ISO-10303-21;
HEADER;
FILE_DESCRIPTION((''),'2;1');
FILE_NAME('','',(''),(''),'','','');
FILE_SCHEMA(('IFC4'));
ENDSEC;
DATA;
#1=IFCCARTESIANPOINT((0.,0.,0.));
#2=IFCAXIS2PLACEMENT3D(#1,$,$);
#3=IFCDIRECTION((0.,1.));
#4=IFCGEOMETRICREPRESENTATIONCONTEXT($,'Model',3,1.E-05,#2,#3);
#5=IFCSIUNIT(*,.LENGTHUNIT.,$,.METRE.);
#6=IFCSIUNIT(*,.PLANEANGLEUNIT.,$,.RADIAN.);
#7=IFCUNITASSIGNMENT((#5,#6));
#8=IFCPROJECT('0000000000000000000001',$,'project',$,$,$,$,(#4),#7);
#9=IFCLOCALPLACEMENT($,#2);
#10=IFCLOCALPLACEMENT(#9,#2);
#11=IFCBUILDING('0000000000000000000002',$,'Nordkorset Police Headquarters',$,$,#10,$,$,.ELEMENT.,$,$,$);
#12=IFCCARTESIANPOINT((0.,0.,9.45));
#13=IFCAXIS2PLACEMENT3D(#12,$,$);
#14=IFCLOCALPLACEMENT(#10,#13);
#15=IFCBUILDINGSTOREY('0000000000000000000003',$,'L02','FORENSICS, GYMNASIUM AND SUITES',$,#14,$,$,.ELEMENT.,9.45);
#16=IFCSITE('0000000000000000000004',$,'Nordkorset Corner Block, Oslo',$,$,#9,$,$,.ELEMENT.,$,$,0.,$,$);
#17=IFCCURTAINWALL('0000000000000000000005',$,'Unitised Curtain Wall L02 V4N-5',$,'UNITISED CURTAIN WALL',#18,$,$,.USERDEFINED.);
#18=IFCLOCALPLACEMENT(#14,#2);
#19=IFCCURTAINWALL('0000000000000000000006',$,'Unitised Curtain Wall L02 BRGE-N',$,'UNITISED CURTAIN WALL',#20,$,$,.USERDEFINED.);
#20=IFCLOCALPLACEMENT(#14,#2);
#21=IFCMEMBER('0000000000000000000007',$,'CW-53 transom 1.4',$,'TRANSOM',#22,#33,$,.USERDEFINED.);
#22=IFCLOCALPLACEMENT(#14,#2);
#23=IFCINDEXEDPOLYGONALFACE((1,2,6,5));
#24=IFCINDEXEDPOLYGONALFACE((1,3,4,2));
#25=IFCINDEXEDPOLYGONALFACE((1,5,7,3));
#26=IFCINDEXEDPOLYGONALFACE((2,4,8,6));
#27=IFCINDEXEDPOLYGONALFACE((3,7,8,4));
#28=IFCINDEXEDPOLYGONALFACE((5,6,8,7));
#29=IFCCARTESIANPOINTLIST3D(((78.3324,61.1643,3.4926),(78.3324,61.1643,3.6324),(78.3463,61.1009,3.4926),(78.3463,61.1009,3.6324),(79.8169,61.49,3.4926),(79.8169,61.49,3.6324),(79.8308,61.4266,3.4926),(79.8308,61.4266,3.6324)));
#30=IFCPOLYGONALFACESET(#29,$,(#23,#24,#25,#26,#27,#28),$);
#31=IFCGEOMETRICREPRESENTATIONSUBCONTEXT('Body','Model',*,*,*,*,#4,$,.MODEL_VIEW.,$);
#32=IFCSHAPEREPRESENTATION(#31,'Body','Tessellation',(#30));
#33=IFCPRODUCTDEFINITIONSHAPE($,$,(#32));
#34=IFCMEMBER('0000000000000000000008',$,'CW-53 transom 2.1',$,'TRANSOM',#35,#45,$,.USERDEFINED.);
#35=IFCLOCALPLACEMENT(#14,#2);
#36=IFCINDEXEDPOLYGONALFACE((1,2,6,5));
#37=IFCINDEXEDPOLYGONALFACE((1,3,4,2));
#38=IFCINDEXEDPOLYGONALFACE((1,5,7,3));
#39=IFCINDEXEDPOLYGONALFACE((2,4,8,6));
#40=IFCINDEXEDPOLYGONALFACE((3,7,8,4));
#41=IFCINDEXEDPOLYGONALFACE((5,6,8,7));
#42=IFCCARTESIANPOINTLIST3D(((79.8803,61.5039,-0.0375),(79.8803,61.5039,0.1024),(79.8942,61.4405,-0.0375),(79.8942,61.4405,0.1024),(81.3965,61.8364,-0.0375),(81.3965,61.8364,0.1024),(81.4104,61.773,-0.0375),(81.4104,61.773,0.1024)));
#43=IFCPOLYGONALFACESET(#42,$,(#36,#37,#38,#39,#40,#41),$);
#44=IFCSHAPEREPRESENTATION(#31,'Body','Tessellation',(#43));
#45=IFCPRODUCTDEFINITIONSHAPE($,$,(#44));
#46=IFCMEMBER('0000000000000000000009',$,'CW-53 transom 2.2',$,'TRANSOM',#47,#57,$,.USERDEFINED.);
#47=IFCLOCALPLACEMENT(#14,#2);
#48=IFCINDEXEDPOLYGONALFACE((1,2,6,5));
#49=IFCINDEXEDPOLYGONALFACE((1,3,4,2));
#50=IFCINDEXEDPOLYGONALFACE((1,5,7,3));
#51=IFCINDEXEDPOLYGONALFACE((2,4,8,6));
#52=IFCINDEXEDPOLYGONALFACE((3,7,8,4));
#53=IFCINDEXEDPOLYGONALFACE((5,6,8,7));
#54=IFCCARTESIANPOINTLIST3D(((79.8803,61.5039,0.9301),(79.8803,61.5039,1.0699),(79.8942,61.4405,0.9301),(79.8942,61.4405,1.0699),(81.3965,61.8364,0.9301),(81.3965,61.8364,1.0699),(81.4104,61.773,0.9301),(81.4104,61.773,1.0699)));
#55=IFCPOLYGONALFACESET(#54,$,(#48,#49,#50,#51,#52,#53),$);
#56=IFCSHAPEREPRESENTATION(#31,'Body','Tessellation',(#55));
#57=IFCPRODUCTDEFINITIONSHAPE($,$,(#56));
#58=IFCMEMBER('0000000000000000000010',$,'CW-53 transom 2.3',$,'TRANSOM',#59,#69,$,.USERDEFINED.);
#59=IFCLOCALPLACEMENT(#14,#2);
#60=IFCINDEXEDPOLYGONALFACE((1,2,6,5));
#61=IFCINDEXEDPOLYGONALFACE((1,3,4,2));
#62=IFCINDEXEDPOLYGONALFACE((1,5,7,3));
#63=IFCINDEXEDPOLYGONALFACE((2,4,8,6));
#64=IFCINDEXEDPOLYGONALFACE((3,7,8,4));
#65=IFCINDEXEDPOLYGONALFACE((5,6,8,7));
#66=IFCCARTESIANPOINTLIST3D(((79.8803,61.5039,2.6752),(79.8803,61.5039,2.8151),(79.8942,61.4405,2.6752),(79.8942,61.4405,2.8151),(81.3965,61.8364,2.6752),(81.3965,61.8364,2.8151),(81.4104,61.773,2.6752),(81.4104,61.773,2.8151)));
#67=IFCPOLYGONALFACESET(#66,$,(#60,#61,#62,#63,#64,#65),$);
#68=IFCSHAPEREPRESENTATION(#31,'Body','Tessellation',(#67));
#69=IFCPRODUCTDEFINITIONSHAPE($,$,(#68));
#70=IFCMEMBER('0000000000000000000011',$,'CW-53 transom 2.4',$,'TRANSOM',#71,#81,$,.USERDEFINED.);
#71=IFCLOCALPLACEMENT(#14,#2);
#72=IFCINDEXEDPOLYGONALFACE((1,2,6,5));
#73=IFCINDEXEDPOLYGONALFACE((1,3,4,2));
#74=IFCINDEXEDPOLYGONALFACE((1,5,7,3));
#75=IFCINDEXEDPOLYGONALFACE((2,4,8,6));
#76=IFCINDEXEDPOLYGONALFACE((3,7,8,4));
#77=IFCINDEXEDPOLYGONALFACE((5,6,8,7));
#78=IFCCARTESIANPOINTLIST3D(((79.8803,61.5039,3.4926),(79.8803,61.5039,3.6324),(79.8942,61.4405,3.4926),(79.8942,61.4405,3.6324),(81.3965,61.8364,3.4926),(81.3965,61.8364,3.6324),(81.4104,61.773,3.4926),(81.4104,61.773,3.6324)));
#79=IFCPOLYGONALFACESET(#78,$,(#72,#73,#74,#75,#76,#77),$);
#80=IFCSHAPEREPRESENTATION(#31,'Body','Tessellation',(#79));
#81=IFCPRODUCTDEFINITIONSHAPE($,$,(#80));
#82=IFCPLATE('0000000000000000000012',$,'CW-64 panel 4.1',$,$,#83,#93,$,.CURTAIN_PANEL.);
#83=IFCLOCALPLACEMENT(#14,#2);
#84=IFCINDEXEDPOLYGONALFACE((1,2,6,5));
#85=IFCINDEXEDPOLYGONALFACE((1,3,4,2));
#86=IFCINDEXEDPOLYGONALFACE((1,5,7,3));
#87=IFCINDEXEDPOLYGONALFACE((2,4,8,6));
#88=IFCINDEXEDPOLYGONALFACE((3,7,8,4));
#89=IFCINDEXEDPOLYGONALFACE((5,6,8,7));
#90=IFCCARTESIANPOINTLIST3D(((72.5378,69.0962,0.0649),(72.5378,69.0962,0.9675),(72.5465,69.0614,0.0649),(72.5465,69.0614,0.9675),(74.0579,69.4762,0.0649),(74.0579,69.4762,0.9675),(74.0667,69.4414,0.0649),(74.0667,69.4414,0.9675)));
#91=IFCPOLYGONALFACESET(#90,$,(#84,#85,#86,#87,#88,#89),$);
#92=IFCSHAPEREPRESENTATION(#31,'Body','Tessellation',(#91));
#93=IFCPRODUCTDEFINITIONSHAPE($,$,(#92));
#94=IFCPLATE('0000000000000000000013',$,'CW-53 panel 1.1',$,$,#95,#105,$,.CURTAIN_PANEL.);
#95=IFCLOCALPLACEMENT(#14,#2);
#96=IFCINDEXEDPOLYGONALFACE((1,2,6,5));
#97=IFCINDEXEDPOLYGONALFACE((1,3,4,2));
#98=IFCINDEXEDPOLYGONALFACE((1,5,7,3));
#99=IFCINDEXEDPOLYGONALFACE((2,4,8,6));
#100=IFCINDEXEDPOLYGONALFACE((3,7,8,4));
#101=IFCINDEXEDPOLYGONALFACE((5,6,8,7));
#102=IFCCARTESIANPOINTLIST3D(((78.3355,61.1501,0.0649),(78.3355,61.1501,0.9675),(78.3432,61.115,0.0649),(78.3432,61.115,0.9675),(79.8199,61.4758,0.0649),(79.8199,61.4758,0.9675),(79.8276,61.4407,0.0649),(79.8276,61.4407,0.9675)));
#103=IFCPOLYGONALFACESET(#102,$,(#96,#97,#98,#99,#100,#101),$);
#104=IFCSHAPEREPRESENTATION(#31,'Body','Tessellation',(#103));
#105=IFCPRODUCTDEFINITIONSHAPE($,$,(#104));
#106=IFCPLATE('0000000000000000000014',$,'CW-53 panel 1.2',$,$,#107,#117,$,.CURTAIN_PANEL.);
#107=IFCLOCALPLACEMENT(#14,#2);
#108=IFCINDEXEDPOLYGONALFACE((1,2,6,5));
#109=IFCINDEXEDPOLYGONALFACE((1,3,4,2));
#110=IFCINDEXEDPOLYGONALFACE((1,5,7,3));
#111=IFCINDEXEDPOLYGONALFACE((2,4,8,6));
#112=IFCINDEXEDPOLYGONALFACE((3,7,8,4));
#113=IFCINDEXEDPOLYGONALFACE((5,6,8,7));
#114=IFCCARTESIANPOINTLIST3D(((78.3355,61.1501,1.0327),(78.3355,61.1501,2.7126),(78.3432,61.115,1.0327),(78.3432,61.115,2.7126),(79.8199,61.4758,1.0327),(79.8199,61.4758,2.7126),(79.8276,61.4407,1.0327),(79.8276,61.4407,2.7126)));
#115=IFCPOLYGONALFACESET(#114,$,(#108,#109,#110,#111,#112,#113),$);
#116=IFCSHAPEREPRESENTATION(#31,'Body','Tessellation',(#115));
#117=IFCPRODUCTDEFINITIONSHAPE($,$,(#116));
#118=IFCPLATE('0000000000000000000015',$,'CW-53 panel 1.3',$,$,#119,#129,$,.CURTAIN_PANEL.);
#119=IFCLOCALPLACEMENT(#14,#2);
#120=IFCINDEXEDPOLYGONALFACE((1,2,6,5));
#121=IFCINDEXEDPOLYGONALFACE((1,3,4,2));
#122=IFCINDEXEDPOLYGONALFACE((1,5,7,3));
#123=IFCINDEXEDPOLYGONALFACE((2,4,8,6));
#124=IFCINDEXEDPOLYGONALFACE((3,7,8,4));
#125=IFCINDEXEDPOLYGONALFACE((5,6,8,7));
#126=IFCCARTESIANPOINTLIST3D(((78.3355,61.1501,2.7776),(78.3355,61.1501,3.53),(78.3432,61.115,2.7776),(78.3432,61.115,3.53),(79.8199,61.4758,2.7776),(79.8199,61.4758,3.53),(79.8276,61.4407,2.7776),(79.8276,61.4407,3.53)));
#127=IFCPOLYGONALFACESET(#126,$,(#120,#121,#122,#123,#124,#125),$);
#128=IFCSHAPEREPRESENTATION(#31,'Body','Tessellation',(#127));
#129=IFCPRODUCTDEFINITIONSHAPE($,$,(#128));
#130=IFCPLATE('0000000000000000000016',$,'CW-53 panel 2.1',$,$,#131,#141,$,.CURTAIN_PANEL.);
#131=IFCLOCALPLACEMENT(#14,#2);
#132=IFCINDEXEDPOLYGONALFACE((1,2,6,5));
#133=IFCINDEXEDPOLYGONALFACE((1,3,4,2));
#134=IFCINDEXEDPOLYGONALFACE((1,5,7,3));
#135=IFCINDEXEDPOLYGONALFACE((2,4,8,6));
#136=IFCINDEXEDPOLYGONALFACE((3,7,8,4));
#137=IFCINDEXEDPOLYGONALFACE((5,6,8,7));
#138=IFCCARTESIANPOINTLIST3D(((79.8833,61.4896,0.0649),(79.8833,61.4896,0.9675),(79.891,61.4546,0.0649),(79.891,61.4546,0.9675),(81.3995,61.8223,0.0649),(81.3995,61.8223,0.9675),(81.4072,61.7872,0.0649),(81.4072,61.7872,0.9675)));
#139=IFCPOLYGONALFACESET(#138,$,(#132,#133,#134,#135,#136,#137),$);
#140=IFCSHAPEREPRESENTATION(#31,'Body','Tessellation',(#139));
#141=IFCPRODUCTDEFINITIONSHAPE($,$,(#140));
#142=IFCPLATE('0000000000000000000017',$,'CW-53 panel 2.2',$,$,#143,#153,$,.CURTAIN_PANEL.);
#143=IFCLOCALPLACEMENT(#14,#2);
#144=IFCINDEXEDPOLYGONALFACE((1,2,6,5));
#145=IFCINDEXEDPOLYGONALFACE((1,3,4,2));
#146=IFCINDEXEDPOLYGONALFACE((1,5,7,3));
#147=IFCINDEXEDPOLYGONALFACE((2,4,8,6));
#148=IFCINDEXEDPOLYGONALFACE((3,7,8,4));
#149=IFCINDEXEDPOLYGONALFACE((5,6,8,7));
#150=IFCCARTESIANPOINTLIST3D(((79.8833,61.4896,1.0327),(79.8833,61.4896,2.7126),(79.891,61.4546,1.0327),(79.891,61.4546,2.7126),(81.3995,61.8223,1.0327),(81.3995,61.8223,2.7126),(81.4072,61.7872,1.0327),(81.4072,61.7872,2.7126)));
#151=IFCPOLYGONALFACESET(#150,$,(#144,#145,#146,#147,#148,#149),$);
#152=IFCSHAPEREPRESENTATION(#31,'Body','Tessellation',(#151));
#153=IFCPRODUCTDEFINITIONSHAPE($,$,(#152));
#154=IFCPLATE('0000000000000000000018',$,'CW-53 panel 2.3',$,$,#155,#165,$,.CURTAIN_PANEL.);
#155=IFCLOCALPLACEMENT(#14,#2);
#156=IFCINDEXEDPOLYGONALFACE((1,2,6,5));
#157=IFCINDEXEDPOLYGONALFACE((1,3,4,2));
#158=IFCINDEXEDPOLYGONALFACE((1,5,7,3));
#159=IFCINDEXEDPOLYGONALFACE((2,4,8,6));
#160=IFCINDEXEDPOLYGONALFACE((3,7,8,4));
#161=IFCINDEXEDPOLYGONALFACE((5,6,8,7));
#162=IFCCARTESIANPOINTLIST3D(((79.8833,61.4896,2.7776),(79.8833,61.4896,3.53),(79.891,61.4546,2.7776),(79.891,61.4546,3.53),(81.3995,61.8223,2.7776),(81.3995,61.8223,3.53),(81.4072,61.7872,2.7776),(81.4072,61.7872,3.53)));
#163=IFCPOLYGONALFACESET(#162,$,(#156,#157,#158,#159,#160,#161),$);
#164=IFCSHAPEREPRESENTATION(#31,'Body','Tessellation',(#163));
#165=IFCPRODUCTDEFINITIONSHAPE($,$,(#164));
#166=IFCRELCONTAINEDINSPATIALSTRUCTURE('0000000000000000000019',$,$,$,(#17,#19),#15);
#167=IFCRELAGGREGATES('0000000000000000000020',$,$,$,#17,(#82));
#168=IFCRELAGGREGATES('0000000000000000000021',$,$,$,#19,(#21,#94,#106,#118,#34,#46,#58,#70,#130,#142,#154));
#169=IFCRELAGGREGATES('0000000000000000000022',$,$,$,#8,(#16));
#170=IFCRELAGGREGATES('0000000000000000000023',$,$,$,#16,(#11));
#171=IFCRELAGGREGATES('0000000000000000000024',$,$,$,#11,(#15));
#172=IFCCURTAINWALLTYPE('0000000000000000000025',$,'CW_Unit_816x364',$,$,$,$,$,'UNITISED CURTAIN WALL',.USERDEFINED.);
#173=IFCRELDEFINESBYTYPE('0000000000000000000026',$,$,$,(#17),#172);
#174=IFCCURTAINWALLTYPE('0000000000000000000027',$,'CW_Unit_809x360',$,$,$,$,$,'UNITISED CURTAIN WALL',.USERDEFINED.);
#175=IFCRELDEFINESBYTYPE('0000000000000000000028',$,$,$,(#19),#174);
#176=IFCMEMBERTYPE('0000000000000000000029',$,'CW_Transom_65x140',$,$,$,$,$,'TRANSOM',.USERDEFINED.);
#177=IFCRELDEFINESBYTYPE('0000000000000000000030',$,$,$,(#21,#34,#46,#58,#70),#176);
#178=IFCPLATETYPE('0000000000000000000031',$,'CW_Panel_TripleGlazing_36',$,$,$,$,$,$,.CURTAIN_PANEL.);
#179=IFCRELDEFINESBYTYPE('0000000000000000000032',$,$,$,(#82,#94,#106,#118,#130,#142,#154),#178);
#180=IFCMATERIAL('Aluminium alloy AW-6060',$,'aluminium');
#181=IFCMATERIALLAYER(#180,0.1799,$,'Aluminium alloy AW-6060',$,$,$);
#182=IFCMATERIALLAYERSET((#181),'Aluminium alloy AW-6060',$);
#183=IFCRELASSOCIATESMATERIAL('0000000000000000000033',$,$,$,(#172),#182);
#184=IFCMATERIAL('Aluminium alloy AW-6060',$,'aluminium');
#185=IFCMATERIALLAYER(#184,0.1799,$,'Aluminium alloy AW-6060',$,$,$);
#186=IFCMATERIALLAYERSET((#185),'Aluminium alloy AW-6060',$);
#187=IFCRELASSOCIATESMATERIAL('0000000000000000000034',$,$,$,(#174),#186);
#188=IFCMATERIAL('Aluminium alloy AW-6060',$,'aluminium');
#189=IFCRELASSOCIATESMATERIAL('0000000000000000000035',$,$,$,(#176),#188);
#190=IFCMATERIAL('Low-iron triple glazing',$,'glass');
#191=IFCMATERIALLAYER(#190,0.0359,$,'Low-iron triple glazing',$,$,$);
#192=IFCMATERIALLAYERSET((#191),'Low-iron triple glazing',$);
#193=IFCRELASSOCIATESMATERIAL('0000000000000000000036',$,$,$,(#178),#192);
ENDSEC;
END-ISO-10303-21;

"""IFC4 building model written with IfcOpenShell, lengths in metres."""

from ifc_helpers import new_model, si_unit, direction, frame, origin, origin_2d, place, context, subcontext, project, spatial, rectangle, extrude, material, layer, layer_set, material_profile, profile_set, type_object, element, aggregate, save


model = new_model("IFC4")

# Units and contexts
model_context = context("Model", 3, precision=1e-05, world=origin(), true_north=direction((0.0, 1.0)))
body_context = subcontext(model_context, "Body", "Model", "MODEL_VIEW")
ifc_project = project(units=[si_unit("LENGTHUNIT", "METRE"), si_unit("PLANEANGLEUNIT", "RADIAN")], contexts=[model_context])

# Site, building, storey
site_placement = place(None, origin())
site = spatial("IfcSite", under=ifc_project, at=site_placement, Name="Nordkorset Corner Block, Oslo", CompositionType="ELEMENT", RefElevation=0.0)
building_placement = place(site_placement, origin())
building = spatial("IfcBuilding", under=site, at=building_placement, Name="Nordkorset Police Headquarters", CompositionType="ELEMENT")
storey_placement = place(building_placement, frame((0.0, 0.0, 9.45)))
storey = spatial("IfcBuildingStorey", under=building, at=storey_placement, Name="L02", Description="FORENSICS, GYMNASIUM AND SUITES", CompositionType="ELEMENT", Elevation=9.45)

# Curtain wall
ifc_material_1 = material(Name="Aluminium alloy AW-6060", Category="aluminium")
ifc_layer_1 = layer(ifc_material_1, 0.1799, Name="Aluminium alloy AW-6060")
ifc_layer_set_1 = layer_set([ifc_layer_1], Name="Aluminium alloy AW-6060")
curtain_wall_type_1 = type_object("IfcCurtainWallType", Name="CW_Unit_816x364", ElementType="UNITISED CURTAIN WALL", PredefinedType="USERDEFINED", material=ifc_layer_set_1)
curtain_wall_1_placement = place(storey_placement, origin())
curtain_wall_1 = element("IfcCurtainWall", 1, at=curtain_wall_1_placement, inside=storey, type_object=curtain_wall_type_1, Name="Unitised Curtain Wall L02 V4N-5", ObjectType="UNITISED CURTAIN WALL", PredefinedType="USERDEFINED")

# Curtain wall
ifc_material_2 = material(Name="Aluminium alloy AW-6060", Category="aluminium")
ifc_layer_2 = layer(ifc_material_2, 0.1799, Name="Aluminium alloy AW-6060")
ifc_layer_set_2 = layer_set([ifc_layer_2], Name="Aluminium alloy AW-6060")
curtain_wall_type_2 = type_object("IfcCurtainWallType", Name="CW_Unit_809x360", ElementType="UNITISED CURTAIN WALL", PredefinedType="USERDEFINED", material=ifc_layer_set_2)
curtain_wall_2_placement = place(storey_placement, origin())
curtain_wall_2 = element("IfcCurtainWall", 2, at=curtain_wall_2_placement, inside=storey, type_object=curtain_wall_type_2, Name="Unitised Curtain Wall L02 BRGE-N", ObjectType="UNITISED CURTAIN WALL", PredefinedType="USERDEFINED")

# Members
ifc_material_3 = material(Name="Aluminium alloy AW-6060", Category="aluminium")
ifc_material_profile_1 = material_profile(ifc_material_3, rectangle(XDim=0.0649, YDim=0.1399, at=origin_2d()), Name="ALU TRAN 65x140")
ifc_profile_set_1 = profile_set([ifc_material_profile_1], Name="Aluminium alloy AW-6060")
member_type_1 = type_object("IfcMemberType", Name="CW_Transom_65x140", ElementType="TRANSOM", PredefinedType="USERDEFINED", material=ifc_profile_set_1)
member_1_placement = place(storey_placement, frame((78.3394, 61.1326, 3.5625), z_axis=(0.976766, 0.21431, 0.0), x_axis=(-0.21431, 0.976766, 0.0)))
member_1 = element("IfcMember", 3, at=member_1_placement, type_object=member_type_1, Name="CW-53 transom 1.4", ObjectType="TRANSOM", PredefinedType="USERDEFINED", context=body_context, shape_type="SweptSolid", body=[
    extrude(rectangle(XDim=0.0649, YDim=0.1399, at=origin_2d()), origin(), (0.0, 0.0, 1.0), 1.5198),
])
member_2_placement = place(storey_placement, frame((79.8872, 61.4722, 0.0325), z_axis=(0.976783, 0.214232, 0.0), x_axis=(-0.214232, 0.976783, 0.0)))
member_2 = element("IfcMember", 4, at=member_2_placement, type_object=member_type_1, Name="CW-53 transom 2.1", ObjectType="TRANSOM", PredefinedType="USERDEFINED", context=body_context, shape_type="SweptSolid", body=[
    extrude(rectangle(XDim=0.0649, YDim=0.1399, at=origin_2d()), origin(), (0.0, 0.0, 1.0), 1.5522),
])
member_3_placement = place(storey_placement, frame((79.8872, 61.4722, 1.0), z_axis=(0.976783, 0.214232, 0.0), x_axis=(-0.214232, 0.976783, 0.0)))
member_3 = element("IfcMember", 5, at=member_3_placement, type_object=member_type_1, Name="CW-53 transom 2.2", ObjectType="TRANSOM", PredefinedType="USERDEFINED", context=body_context, shape_type="SweptSolid", body=[
    extrude(rectangle(XDim=0.0649, YDim=0.1399, at=origin_2d()), origin(), (0.0, 0.0, 1.0), 1.5522),
])
member_4_placement = place(storey_placement, frame((79.8872, 61.4722, 2.7451), z_axis=(0.976783, 0.214232, 0.0), x_axis=(-0.214232, 0.976783, 0.0)))
member_4 = element("IfcMember", 6, at=member_4_placement, type_object=member_type_1, Name="CW-53 transom 2.3", ObjectType="TRANSOM", PredefinedType="USERDEFINED", context=body_context, shape_type="SweptSolid", body=[
    extrude(rectangle(XDim=0.0649, YDim=0.1399, at=origin_2d()), origin(), (0.0, 0.0, 1.0), 1.5522),
])
member_5_placement = place(storey_placement, frame((79.8872, 61.4722, 3.5625), z_axis=(0.976783, 0.214232, 0.0), x_axis=(-0.214232, 0.976783, 0.0)))
member_5 = element("IfcMember", 7, at=member_5_placement, type_object=member_type_1, Name="CW-53 transom 2.4", ObjectType="TRANSOM", PredefinedType="USERDEFINED", context=body_context, shape_type="SweptSolid", body=[
    extrude(rectangle(XDim=0.0649, YDim=0.1399, at=origin_2d()), origin(), (0.0, 0.0, 1.0), 1.5522),
])

# Plates
ifc_material_4 = material(Name="Low-iron triple glazing", Category="glass")
ifc_layer_3 = layer(ifc_material_4, 0.0359, Name="Low-iron triple glazing")
ifc_layer_set_3 = layer_set([ifc_layer_3], Name="Low-iron triple glazing")
plate_type = type_object("IfcPlateType", Name="CW_Panel_TripleGlazing_36", PredefinedType="CURTAIN_PANEL", material=ifc_layer_set_3)
plate_1_placement = place(storey_placement, frame((73.3022, 69.2688, 0.0649), z_axis=(0.0, 0.0, 1.0), x_axis=(0.970143, 0.242536, 0.0)))
plate_1 = element("IfcPlate", 8, at=plate_1_placement, type_object=plate_type, Name="CW-64 panel 4.1", PredefinedType="CURTAIN_PANEL", context=body_context, shape_type="SweptSolid", body=[
    extrude(rectangle(XDim=1.5669, YDim=0.0359, at=origin_2d()), origin(), (0.0, 0.0, 1.0), 0.9026),
])
aggregate(curtain_wall_1, [plate_1])
plate_2_placement = place(storey_placement, frame((79.0815, 61.2954, 0.0649), z_axis=(0.0, 0.0, 1.0), x_axis=(0.976768, 0.214298, 0.0)))
plate_2 = element("IfcPlate", 9, at=plate_2_placement, type_object=plate_type, Name="CW-53 panel 1.1", PredefinedType="CURTAIN_PANEL", context=body_context, shape_type="SweptSolid", body=[
    extrude(rectangle(XDim=1.5198, YDim=0.0359, at=origin_2d()), origin(), (0.0, 0.0, 1.0), 0.9026),
])
plate_3_placement = place(storey_placement, frame((79.0815, 61.2954, 1.0327), z_axis=(0.0, 0.0, 1.0), x_axis=(0.976768, 0.214298, 0.0)))
plate_3 = element("IfcPlate", 10, at=plate_3_placement, type_object=plate_type, Name="CW-53 panel 1.2", PredefinedType="CURTAIN_PANEL", context=body_context, shape_type="SweptSolid", body=[
    extrude(rectangle(XDim=1.5198, YDim=0.0359, at=origin_2d()), origin(), (0.0, 0.0, 1.0), 1.6799),
])
plate_4_placement = place(storey_placement, frame((79.0815, 61.2954, 2.7776), z_axis=(0.0, 0.0, 1.0), x_axis=(0.976768, 0.214298, 0.0)))
plate_4 = element("IfcPlate", 11, at=plate_4_placement, type_object=plate_type, Name="CW-53 panel 1.3", PredefinedType="CURTAIN_PANEL", context=body_context, shape_type="SweptSolid", body=[
    extrude(rectangle(XDim=1.5198, YDim=0.0359, at=origin_2d()), origin(), (0.0, 0.0, 1.0), 0.7524),
])
plate_5_placement = place(storey_placement, frame((80.6453, 61.6384, 0.0649), z_axis=(0.0, 0.0, 1.0), x_axis=(0.976768, 0.214298, 0.0)))
plate_5 = element("IfcPlate", 12, at=plate_5_placement, type_object=plate_type, Name="CW-53 panel 2.1", PredefinedType="CURTAIN_PANEL", context=body_context, shape_type="SweptSolid", body=[
    extrude(rectangle(XDim=1.5522, YDim=0.0359, at=origin_2d()), origin(), (0.0, 0.0, 1.0), 0.9026),
])
plate_6_placement = place(storey_placement, frame((80.6453, 61.6384, 1.0327), z_axis=(0.0, 0.0, 1.0), x_axis=(0.976768, 0.214298, 0.0)))
plate_6 = element("IfcPlate", 13, at=plate_6_placement, type_object=plate_type, Name="CW-53 panel 2.2", PredefinedType="CURTAIN_PANEL", context=body_context, shape_type="SweptSolid", body=[
    extrude(rectangle(XDim=1.5522, YDim=0.0359, at=origin_2d()), origin(), (0.0, 0.0, 1.0), 1.6799),
])
plate_7_placement = place(storey_placement, frame((80.6453, 61.6384, 2.7776), z_axis=(0.0, 0.0, 1.0), x_axis=(0.976768, 0.214298, 0.0)))
plate_7 = element("IfcPlate", 14, at=plate_7_placement, type_object=plate_type, Name="CW-53 panel 2.3", PredefinedType="CURTAIN_PANEL", context=body_context, shape_type="SweptSolid", body=[
    extrude(rectangle(XDim=1.5522, YDim=0.0359, at=origin_2d()), origin(), (0.0, 0.0, 1.0), 0.7524),
])
aggregate(curtain_wall_2, [member_1, plate_2, plate_3, plate_4, member_2, member_3, member_4, member_5, plate_5, plate_6, plate_7])

save(model, "model.ifc")
